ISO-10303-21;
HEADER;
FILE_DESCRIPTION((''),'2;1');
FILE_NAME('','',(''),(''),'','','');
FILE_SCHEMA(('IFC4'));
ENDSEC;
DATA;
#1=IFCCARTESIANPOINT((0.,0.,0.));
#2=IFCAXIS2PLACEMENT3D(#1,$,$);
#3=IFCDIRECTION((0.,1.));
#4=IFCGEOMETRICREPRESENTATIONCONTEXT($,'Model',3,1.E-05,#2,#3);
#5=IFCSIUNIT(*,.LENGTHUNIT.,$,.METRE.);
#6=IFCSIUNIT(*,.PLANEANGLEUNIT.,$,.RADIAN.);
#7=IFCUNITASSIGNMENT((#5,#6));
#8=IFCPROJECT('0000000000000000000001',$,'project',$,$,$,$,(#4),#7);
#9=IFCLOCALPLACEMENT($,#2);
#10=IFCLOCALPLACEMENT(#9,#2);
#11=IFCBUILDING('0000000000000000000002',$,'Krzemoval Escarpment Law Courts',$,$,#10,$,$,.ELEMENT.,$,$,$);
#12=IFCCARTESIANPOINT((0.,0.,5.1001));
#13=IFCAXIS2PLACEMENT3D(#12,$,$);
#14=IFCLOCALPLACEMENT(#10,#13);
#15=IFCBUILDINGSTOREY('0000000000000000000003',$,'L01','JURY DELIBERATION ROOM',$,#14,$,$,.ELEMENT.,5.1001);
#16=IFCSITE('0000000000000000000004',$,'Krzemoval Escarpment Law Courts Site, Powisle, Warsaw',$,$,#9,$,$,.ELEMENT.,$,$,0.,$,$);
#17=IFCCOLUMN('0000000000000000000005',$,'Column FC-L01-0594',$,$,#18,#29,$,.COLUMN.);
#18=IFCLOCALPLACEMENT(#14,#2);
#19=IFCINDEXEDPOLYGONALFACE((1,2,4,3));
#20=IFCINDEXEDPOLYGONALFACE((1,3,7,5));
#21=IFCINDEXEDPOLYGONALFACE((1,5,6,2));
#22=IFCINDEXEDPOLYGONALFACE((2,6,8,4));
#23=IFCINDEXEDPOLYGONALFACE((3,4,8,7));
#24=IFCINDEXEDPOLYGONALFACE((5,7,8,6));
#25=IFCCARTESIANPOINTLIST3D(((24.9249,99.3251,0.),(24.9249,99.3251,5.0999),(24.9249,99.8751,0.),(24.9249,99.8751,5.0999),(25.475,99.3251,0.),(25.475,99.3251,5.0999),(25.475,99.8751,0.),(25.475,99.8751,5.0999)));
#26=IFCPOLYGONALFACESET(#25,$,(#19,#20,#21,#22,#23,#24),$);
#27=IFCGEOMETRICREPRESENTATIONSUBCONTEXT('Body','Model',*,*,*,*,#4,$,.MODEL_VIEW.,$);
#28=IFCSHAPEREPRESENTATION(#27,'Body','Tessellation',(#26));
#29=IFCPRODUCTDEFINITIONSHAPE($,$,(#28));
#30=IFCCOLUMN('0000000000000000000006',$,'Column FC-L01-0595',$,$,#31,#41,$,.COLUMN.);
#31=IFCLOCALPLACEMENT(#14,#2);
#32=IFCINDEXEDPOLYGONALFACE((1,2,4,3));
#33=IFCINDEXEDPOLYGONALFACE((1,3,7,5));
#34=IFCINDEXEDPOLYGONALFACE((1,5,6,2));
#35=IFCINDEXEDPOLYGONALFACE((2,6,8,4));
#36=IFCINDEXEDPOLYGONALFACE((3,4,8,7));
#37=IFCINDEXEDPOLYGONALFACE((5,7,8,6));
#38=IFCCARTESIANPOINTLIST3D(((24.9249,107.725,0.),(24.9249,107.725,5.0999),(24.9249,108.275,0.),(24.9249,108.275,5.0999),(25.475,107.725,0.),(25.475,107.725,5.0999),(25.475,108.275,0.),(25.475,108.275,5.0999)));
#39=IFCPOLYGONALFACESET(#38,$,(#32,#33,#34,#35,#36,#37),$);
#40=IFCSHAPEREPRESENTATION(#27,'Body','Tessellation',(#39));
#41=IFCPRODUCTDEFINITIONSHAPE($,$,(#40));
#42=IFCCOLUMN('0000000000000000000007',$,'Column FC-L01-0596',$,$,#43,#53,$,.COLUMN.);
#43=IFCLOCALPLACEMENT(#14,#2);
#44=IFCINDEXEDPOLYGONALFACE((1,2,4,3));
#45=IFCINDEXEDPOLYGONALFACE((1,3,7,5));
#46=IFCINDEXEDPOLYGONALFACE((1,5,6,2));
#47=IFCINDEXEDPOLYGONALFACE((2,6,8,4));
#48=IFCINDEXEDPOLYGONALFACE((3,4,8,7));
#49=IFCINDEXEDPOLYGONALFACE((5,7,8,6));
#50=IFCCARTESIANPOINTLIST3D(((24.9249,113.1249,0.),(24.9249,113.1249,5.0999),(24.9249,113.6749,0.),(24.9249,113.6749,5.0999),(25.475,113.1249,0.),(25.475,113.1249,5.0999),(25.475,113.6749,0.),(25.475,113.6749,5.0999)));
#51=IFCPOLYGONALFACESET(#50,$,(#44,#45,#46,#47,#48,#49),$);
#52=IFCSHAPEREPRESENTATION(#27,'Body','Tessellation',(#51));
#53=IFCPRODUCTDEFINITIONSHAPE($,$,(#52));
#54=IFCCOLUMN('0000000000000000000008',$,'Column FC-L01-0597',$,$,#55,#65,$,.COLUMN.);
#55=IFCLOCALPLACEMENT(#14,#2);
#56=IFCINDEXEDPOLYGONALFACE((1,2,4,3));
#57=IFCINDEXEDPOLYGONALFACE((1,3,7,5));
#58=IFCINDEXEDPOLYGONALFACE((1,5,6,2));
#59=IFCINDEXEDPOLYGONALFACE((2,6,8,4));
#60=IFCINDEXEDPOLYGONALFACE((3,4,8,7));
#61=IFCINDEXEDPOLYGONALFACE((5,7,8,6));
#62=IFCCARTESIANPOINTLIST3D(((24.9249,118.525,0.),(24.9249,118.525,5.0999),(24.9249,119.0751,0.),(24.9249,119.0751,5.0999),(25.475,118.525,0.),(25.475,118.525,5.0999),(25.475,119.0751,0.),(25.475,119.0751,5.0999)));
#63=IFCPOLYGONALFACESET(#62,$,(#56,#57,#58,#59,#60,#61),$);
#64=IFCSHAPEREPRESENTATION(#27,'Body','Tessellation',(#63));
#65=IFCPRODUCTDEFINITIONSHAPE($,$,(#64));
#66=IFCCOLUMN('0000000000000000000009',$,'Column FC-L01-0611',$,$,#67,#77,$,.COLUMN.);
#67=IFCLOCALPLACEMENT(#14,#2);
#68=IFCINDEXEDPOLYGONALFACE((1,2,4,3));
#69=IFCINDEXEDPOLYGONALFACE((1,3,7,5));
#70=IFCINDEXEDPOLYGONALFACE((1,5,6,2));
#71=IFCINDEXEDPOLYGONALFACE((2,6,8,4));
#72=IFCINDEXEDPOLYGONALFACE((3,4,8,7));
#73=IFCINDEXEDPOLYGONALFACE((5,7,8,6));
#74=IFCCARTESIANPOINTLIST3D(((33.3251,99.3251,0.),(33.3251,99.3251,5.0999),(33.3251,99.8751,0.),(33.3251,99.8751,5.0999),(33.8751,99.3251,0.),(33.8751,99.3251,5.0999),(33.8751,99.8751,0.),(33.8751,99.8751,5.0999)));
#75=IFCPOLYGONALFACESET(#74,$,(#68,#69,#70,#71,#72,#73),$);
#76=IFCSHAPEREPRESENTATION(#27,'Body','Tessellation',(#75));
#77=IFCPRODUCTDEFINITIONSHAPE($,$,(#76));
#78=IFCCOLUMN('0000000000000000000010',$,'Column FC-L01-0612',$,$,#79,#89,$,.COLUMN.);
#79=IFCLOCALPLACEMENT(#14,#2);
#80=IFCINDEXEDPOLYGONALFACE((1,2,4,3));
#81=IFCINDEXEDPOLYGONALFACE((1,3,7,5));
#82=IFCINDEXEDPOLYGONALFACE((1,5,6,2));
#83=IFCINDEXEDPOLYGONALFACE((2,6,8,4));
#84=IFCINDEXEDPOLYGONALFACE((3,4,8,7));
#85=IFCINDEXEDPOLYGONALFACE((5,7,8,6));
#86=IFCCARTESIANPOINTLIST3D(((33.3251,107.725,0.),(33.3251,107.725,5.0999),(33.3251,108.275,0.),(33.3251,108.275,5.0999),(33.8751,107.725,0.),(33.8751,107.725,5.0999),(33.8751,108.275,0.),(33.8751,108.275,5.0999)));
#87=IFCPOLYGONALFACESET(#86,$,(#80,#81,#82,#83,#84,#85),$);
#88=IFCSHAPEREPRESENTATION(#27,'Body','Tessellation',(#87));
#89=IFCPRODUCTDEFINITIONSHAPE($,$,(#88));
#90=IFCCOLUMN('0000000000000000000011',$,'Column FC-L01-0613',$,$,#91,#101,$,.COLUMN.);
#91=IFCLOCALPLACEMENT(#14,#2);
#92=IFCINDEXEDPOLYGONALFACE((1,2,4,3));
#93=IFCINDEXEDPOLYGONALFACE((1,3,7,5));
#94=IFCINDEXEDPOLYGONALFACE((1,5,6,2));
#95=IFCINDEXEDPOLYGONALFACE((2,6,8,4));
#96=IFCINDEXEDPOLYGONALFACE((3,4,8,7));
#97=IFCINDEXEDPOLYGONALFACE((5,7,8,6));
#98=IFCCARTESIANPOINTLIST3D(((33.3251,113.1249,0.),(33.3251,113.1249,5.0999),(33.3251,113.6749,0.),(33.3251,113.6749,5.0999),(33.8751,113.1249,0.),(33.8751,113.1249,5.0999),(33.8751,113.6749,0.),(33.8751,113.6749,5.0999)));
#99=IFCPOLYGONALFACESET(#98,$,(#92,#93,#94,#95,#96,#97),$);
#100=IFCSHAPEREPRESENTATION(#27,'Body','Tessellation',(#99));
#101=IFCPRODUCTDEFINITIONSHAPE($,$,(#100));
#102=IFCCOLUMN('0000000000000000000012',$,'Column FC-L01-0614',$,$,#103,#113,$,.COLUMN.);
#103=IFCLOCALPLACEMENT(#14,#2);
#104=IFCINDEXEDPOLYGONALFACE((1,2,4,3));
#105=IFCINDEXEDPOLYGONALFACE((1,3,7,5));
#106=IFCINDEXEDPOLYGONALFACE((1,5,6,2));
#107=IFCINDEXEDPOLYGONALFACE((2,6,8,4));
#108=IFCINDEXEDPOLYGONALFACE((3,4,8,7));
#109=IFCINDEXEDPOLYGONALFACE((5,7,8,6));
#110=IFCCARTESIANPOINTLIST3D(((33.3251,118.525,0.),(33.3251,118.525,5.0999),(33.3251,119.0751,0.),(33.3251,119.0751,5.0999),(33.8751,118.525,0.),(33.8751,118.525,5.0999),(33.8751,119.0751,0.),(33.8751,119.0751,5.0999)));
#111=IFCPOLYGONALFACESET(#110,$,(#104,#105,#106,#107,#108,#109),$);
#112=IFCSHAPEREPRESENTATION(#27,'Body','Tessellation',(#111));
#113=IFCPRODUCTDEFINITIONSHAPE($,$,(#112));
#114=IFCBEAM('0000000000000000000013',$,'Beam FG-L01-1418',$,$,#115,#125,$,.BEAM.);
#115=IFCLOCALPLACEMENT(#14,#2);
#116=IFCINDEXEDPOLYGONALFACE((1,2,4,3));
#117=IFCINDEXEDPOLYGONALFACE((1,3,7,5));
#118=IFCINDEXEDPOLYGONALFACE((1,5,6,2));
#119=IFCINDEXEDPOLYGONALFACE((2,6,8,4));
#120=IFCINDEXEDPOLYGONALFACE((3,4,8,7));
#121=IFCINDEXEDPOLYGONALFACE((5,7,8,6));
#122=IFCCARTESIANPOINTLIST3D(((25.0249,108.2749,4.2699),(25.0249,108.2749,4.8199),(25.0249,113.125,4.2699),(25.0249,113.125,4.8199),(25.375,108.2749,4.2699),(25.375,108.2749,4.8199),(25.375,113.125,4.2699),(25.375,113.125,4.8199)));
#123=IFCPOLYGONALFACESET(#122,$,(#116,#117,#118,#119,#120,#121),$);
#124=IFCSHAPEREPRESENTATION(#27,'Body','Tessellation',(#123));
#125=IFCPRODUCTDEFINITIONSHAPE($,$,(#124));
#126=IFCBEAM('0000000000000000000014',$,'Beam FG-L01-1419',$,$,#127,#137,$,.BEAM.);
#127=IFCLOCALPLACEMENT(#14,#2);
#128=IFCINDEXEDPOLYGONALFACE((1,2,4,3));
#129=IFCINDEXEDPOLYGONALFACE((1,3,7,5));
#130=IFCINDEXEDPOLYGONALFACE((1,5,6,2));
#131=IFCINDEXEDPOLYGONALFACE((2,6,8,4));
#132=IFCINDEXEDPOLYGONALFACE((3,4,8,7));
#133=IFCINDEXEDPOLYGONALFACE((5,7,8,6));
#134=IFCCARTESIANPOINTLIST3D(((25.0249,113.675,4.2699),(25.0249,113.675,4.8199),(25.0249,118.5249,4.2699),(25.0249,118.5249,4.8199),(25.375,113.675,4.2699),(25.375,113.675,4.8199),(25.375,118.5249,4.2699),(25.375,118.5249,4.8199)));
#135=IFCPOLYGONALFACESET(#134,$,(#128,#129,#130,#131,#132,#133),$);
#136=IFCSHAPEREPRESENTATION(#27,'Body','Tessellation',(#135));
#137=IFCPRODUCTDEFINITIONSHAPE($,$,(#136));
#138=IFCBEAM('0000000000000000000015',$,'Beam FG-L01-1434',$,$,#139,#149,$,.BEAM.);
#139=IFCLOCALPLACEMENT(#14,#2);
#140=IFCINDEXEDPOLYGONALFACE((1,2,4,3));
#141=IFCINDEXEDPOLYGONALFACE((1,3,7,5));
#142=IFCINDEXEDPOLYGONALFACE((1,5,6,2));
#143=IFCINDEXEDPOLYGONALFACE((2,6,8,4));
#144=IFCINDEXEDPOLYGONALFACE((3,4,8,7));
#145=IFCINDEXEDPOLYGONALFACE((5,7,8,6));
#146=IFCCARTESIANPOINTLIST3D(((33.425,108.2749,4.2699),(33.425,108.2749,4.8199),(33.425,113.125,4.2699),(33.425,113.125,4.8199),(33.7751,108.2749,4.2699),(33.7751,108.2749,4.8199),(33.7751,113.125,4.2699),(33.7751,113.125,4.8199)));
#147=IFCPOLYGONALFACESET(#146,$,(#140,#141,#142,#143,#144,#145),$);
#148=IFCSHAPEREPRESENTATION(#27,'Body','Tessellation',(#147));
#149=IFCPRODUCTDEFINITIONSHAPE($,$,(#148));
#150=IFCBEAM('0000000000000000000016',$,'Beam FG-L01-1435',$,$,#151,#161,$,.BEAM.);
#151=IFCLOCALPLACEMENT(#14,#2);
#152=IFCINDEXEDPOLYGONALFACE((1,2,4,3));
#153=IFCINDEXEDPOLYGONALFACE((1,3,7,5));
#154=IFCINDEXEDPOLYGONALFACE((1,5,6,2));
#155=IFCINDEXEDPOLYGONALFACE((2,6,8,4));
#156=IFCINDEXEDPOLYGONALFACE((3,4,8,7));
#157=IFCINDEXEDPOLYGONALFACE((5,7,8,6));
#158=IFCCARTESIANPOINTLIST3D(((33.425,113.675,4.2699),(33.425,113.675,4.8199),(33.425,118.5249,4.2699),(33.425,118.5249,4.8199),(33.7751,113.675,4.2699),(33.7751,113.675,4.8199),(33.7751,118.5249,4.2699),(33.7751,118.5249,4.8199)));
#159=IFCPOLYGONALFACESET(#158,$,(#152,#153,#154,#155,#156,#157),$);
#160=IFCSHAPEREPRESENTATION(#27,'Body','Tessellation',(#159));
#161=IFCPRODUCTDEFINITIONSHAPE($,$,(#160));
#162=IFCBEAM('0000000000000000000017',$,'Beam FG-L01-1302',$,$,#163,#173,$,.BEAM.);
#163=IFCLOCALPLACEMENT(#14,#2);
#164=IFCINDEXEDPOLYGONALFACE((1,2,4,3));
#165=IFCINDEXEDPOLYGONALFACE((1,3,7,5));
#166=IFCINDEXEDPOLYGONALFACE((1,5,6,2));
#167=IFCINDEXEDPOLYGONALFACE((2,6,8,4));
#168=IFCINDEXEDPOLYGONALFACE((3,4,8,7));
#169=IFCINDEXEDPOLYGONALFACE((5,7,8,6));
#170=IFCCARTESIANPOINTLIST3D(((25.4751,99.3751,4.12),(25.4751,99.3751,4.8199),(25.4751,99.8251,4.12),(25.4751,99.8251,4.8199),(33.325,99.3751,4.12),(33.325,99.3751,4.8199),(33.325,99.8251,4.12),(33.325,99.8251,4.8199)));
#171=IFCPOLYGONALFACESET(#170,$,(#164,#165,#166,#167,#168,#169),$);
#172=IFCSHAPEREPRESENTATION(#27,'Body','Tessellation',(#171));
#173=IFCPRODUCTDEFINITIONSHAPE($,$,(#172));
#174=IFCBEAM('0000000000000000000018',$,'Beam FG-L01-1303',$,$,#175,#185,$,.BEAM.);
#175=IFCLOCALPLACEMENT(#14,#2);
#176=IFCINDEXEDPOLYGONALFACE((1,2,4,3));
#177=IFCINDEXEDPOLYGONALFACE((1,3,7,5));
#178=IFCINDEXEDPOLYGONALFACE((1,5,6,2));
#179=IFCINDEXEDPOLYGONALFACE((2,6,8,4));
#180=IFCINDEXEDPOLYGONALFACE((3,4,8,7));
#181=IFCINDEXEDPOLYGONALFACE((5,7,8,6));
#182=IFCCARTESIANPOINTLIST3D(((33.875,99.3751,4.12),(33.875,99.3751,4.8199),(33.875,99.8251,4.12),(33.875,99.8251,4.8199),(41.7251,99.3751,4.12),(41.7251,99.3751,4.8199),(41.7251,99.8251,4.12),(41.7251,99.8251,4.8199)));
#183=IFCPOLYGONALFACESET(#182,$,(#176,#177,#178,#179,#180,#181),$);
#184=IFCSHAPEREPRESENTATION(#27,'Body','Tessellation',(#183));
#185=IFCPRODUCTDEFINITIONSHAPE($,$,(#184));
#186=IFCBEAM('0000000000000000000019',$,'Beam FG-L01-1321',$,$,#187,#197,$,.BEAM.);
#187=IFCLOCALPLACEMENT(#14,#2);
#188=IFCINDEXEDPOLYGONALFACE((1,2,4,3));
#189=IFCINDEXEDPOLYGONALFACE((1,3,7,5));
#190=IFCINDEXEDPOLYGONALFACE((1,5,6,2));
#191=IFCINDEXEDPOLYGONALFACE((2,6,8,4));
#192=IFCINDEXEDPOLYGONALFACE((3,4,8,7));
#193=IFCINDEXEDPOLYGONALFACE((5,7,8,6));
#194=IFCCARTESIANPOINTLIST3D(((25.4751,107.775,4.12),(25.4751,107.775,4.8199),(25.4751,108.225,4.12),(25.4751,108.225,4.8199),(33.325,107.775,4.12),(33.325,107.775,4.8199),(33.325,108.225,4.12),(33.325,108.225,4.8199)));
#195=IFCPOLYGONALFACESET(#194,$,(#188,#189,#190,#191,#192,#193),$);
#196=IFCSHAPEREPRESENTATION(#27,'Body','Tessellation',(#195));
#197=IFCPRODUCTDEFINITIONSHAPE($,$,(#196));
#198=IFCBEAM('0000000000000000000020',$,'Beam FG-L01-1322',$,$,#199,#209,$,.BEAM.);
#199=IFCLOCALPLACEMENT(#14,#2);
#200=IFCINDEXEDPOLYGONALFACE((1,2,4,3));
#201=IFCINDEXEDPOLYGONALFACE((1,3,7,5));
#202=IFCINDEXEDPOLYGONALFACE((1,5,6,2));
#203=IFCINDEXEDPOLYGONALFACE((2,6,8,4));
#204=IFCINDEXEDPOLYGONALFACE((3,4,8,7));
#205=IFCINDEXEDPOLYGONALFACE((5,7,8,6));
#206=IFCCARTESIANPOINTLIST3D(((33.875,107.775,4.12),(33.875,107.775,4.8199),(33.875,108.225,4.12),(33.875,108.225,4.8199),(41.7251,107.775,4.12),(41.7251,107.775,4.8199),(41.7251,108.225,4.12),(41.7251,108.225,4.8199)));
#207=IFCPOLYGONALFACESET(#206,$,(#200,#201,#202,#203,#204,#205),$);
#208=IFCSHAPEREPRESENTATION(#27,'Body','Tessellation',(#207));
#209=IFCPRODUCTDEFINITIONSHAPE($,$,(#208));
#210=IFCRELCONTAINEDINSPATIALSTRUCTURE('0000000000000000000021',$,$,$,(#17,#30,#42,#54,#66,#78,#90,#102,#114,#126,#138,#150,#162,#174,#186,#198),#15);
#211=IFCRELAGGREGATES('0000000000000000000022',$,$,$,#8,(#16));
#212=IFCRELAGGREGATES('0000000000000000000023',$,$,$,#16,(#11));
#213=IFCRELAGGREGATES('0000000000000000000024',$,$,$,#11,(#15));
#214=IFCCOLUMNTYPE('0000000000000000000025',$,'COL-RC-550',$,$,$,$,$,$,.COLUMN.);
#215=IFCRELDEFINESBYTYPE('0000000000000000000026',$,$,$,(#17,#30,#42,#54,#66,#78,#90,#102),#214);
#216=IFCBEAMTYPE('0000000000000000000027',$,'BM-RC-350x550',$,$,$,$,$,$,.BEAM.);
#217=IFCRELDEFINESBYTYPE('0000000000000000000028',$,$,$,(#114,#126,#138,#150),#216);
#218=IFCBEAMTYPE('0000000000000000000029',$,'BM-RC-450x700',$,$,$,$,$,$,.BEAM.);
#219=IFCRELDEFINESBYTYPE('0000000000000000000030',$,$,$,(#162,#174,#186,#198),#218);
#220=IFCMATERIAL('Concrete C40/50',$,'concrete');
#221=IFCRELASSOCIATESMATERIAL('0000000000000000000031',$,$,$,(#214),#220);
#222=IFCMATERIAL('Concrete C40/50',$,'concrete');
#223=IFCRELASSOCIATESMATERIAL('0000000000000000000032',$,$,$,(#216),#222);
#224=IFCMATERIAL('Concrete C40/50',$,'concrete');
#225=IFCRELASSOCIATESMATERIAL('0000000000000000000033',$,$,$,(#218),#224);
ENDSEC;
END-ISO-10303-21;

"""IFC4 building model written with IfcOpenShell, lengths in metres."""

from ifc_helpers import new_model, si_unit, direction, frame, origin, origin_2d, place, context, subcontext, project, spatial, rectangle, extrude, material, material_profile, profile_set, type_object, element, save


model = new_model("IFC4")

# Units and contexts
model_context = context("Model", 3, precision=1e-05, world=origin(), true_north=direction((0.0, 1.0)))
body_context = subcontext(model_context, "Body", "Model", "MODEL_VIEW")
ifc_project = project(units=[si_unit("LENGTHUNIT", "METRE"), si_unit("PLANEANGLEUNIT", "RADIAN")], contexts=[model_context])

# Site, building, storey
site_placement = place(None, origin())
site = spatial("IfcSite", under=ifc_project, at=site_placement, Name="Krzemoval Escarpment Law Courts Site, Powisle, Warsaw", CompositionType="ELEMENT", RefElevation=0.0)
building_placement = place(site_placement, origin())
building = spatial("IfcBuilding", under=site, at=building_placement, Name="Krzemoval Escarpment Law Courts", CompositionType="ELEMENT")
storey_placement = place(building_placement, frame((0.0, 0.0, 5.1001)))
storey = spatial("IfcBuildingStorey", under=building, at=storey_placement, Name="L01", Description="JURY DELIBERATION ROOM", CompositionType="ELEMENT", Elevation=5.1001)

# Columns
ifc_material_1 = material(Name="Concrete C40/50", Category="concrete")
ifc_material_profile_1 = material_profile(ifc_material_1, rectangle(XDim=0.55, YDim=0.55, at=origin_2d()), Name="RC 550x550")
ifc_profile_set_1 = profile_set([ifc_material_profile_1], Name="Concrete C40/50")
column_type = type_object("IfcColumnType", Name="COL-RC-550", PredefinedType="COLUMN", material=ifc_profile_set_1)
for number, where, z_axis, x_axis, name in (
    (1, (25.2, 99.6001, 0.0), (0.0, 0.0, 1.0), (1.0, 0.0, 0.0), "Column FC-L01-0594"),
    (2, (25.2, 108.0, 0.0), (0.0, 0.0, 1.0), (1.0, 0.0, 0.0), "Column FC-L01-0595"),
    (3, (25.2, 113.3999, 0.0), (0.0, 0.0, 1.0), (1.0, 0.0, 0.0), "Column FC-L01-0596"),
    (4, (25.2, 118.8, 0.0), (0.0, 0.0, 1.0), (1.0, 0.0, 0.0), "Column FC-L01-0597"),
    (5, (33.6001, 99.6001, 0.0), (0.0, 0.0, 1.0), (1.0, 0.0, 0.0), "Column FC-L01-0611"),
    (6, (33.6001, 108.0, 0.0), (0.0, 0.0, 1.0), (1.0, 0.0, 0.0), "Column FC-L01-0612"),
    (7, (33.6001, 113.3999, 0.0), (0.0, 0.0, 1.0), (1.0, 0.0, 0.0), "Column FC-L01-0613"),
    (8, (33.6001, 118.8, 0.0), (0.0, 0.0, 1.0), (1.0, 0.0, 0.0), "Column FC-L01-0614"),
):
    element("IfcColumn", number, at=place(storey_placement, frame(where, z_axis=z_axis, x_axis=x_axis)), inside=storey, type_object=column_type, Name=name, PredefinedType="COLUMN", context=body_context, shape_type="SweptSolid", body=[
        extrude(rectangle(XDim=0.55, YDim=0.55, at=origin_2d()), origin(), (0.0, 0.0, 1.0), 5.0999),
    ])

# Beams
ifc_material_2 = material(Name="Concrete C40/50", Category="concrete")
ifc_material_profile_2 = material_profile(ifc_material_2, rectangle(XDim=0.3501, YDim=0.55, at=origin_2d()), Name="RCB 350x550")
ifc_profile_set_2 = profile_set([ifc_material_profile_2], Name="Concrete C40/50")
beam_type_1 = type_object("IfcBeamType", Name="BM-RC-350x550", PredefinedType="BEAM", material=ifc_profile_set_2)
beam_1_placement = place(storey_placement, frame((25.2, 108.2749, 4.5449), z_axis=(0.0, 1.0, 0.0), x_axis=(-1.0, 0.0, 0.0)))
element("IfcBeam", 9, at=beam_1_placement, inside=storey, type_object=beam_type_1, Name="Beam FG-L01-1418", PredefinedType="BEAM", context=body_context, shape_type="SweptSolid", body=[
    extrude(rectangle(XDim=0.3501, YDim=0.55, at=origin_2d()), origin(), (0.0, 0.0, 1.0), 4.8501),
])
beam_2_placement = place(storey_placement, frame((25.2, 113.675, 4.5449), z_axis=(0.0, 1.0, 0.0), x_axis=(-1.0, 0.0, 0.0)))
element("IfcBeam", 10, at=beam_2_placement, inside=storey, type_object=beam_type_1, Name="Beam FG-L01-1419", PredefinedType="BEAM", context=body_context, shape_type="SweptSolid", body=[
    extrude(rectangle(XDim=0.3501, YDim=0.55, at=origin_2d()), origin(), (0.0, 0.0, 1.0), 4.8499),
])
beam_3_placement = place(storey_placement, frame((33.6001, 108.2749, 4.5449), z_axis=(0.0, 1.0, 0.0), x_axis=(-1.0, 0.0, 0.0)))
element("IfcBeam", 11, at=beam_3_placement, inside=storey, type_object=beam_type_1, Name="Beam FG-L01-1434", PredefinedType="BEAM", context=body_context, shape_type="SweptSolid", body=[
    extrude(rectangle(XDim=0.3501, YDim=0.55, at=origin_2d()), origin(), (0.0, 0.0, 1.0), 4.8501),
])
beam_4_placement = place(storey_placement, frame((33.6001, 113.675, 4.5449), z_axis=(0.0, 1.0, 0.0), x_axis=(-1.0, 0.0, 0.0)))
element("IfcBeam", 12, at=beam_4_placement, inside=storey, type_object=beam_type_1, Name="Beam FG-L01-1435", PredefinedType="BEAM", context=body_context, shape_type="SweptSolid", body=[
    extrude(rectangle(XDim=0.3501, YDim=0.55, at=origin_2d()), origin(), (0.0, 0.0, 1.0), 4.8499),
])
ifc_material_3 = material(Name="Concrete C40/50", Category="concrete")
ifc_material_profile_3 = material_profile(ifc_material_3, rectangle(XDim=0.45, YDim=0.7, at=origin_2d()), Name="RCB 450x700")
ifc_profile_set_3 = profile_set([ifc_material_profile_3], Name="Concrete C40/50")
beam_type_2 = type_object("IfcBeamType", Name="BM-RC-450x700", PredefinedType="BEAM", material=ifc_profile_set_3)
beam_5_placement = place(storey_placement, frame((25.4751, 99.6001, 4.47), z_axis=(1.0, 0.0, 0.0), x_axis=(0.0, 1.0, 0.0)))
element("IfcBeam", 13, at=beam_5_placement, inside=storey, type_object=beam_type_2, Name="Beam FG-L01-1302", PredefinedType="BEAM", context=body_context, shape_type="SweptSolid", body=[
    extrude(rectangle(XDim=0.45, YDim=0.7, at=origin_2d()), origin(), (0.0, 0.0, 1.0), 7.8499),
])
beam_6_placement = place(storey_placement, frame((33.875, 99.6001, 4.47), z_axis=(1.0, 0.0, 0.0), x_axis=(0.0, 1.0, 0.0)))
element("IfcBeam", 14, at=beam_6_placement, inside=storey, type_object=beam_type_2, Name="Beam FG-L01-1303", PredefinedType="BEAM", context=body_context, shape_type="SweptSolid", body=[
    extrude(rectangle(XDim=0.45, YDim=0.7, at=origin_2d()), origin(), (0.0, 0.0, 1.0), 7.8501),
])
beam_7_placement = place(storey_placement, frame((25.4751, 108.0, 4.47), z_axis=(1.0, 0.0, 0.0), x_axis=(0.0, 1.0, 0.0)))
element("IfcBeam", 15, at=beam_7_placement, inside=storey, type_object=beam_type_2, Name="Beam FG-L01-1321", PredefinedType="BEAM", context=body_context, shape_type="SweptSolid", body=[
    extrude(rectangle(XDim=0.45, YDim=0.7, at=origin_2d()), origin(), (0.0, 0.0, 1.0), 7.8499),
])
beam_8_placement = place(storey_placement, frame((33.875, 108.0, 4.47), z_axis=(1.0, 0.0, 0.0), x_axis=(0.0, 1.0, 0.0)))
element("IfcBeam", 16, at=beam_8_placement, inside=storey, type_object=beam_type_2, Name="Beam FG-L01-1322", PredefinedType="BEAM", context=body_context, shape_type="SweptSolid", body=[
    extrude(rectangle(XDim=0.45, YDim=0.7, at=origin_2d()), origin(), (0.0, 0.0, 1.0), 7.8501),
])

save(model, "model.ifc")
